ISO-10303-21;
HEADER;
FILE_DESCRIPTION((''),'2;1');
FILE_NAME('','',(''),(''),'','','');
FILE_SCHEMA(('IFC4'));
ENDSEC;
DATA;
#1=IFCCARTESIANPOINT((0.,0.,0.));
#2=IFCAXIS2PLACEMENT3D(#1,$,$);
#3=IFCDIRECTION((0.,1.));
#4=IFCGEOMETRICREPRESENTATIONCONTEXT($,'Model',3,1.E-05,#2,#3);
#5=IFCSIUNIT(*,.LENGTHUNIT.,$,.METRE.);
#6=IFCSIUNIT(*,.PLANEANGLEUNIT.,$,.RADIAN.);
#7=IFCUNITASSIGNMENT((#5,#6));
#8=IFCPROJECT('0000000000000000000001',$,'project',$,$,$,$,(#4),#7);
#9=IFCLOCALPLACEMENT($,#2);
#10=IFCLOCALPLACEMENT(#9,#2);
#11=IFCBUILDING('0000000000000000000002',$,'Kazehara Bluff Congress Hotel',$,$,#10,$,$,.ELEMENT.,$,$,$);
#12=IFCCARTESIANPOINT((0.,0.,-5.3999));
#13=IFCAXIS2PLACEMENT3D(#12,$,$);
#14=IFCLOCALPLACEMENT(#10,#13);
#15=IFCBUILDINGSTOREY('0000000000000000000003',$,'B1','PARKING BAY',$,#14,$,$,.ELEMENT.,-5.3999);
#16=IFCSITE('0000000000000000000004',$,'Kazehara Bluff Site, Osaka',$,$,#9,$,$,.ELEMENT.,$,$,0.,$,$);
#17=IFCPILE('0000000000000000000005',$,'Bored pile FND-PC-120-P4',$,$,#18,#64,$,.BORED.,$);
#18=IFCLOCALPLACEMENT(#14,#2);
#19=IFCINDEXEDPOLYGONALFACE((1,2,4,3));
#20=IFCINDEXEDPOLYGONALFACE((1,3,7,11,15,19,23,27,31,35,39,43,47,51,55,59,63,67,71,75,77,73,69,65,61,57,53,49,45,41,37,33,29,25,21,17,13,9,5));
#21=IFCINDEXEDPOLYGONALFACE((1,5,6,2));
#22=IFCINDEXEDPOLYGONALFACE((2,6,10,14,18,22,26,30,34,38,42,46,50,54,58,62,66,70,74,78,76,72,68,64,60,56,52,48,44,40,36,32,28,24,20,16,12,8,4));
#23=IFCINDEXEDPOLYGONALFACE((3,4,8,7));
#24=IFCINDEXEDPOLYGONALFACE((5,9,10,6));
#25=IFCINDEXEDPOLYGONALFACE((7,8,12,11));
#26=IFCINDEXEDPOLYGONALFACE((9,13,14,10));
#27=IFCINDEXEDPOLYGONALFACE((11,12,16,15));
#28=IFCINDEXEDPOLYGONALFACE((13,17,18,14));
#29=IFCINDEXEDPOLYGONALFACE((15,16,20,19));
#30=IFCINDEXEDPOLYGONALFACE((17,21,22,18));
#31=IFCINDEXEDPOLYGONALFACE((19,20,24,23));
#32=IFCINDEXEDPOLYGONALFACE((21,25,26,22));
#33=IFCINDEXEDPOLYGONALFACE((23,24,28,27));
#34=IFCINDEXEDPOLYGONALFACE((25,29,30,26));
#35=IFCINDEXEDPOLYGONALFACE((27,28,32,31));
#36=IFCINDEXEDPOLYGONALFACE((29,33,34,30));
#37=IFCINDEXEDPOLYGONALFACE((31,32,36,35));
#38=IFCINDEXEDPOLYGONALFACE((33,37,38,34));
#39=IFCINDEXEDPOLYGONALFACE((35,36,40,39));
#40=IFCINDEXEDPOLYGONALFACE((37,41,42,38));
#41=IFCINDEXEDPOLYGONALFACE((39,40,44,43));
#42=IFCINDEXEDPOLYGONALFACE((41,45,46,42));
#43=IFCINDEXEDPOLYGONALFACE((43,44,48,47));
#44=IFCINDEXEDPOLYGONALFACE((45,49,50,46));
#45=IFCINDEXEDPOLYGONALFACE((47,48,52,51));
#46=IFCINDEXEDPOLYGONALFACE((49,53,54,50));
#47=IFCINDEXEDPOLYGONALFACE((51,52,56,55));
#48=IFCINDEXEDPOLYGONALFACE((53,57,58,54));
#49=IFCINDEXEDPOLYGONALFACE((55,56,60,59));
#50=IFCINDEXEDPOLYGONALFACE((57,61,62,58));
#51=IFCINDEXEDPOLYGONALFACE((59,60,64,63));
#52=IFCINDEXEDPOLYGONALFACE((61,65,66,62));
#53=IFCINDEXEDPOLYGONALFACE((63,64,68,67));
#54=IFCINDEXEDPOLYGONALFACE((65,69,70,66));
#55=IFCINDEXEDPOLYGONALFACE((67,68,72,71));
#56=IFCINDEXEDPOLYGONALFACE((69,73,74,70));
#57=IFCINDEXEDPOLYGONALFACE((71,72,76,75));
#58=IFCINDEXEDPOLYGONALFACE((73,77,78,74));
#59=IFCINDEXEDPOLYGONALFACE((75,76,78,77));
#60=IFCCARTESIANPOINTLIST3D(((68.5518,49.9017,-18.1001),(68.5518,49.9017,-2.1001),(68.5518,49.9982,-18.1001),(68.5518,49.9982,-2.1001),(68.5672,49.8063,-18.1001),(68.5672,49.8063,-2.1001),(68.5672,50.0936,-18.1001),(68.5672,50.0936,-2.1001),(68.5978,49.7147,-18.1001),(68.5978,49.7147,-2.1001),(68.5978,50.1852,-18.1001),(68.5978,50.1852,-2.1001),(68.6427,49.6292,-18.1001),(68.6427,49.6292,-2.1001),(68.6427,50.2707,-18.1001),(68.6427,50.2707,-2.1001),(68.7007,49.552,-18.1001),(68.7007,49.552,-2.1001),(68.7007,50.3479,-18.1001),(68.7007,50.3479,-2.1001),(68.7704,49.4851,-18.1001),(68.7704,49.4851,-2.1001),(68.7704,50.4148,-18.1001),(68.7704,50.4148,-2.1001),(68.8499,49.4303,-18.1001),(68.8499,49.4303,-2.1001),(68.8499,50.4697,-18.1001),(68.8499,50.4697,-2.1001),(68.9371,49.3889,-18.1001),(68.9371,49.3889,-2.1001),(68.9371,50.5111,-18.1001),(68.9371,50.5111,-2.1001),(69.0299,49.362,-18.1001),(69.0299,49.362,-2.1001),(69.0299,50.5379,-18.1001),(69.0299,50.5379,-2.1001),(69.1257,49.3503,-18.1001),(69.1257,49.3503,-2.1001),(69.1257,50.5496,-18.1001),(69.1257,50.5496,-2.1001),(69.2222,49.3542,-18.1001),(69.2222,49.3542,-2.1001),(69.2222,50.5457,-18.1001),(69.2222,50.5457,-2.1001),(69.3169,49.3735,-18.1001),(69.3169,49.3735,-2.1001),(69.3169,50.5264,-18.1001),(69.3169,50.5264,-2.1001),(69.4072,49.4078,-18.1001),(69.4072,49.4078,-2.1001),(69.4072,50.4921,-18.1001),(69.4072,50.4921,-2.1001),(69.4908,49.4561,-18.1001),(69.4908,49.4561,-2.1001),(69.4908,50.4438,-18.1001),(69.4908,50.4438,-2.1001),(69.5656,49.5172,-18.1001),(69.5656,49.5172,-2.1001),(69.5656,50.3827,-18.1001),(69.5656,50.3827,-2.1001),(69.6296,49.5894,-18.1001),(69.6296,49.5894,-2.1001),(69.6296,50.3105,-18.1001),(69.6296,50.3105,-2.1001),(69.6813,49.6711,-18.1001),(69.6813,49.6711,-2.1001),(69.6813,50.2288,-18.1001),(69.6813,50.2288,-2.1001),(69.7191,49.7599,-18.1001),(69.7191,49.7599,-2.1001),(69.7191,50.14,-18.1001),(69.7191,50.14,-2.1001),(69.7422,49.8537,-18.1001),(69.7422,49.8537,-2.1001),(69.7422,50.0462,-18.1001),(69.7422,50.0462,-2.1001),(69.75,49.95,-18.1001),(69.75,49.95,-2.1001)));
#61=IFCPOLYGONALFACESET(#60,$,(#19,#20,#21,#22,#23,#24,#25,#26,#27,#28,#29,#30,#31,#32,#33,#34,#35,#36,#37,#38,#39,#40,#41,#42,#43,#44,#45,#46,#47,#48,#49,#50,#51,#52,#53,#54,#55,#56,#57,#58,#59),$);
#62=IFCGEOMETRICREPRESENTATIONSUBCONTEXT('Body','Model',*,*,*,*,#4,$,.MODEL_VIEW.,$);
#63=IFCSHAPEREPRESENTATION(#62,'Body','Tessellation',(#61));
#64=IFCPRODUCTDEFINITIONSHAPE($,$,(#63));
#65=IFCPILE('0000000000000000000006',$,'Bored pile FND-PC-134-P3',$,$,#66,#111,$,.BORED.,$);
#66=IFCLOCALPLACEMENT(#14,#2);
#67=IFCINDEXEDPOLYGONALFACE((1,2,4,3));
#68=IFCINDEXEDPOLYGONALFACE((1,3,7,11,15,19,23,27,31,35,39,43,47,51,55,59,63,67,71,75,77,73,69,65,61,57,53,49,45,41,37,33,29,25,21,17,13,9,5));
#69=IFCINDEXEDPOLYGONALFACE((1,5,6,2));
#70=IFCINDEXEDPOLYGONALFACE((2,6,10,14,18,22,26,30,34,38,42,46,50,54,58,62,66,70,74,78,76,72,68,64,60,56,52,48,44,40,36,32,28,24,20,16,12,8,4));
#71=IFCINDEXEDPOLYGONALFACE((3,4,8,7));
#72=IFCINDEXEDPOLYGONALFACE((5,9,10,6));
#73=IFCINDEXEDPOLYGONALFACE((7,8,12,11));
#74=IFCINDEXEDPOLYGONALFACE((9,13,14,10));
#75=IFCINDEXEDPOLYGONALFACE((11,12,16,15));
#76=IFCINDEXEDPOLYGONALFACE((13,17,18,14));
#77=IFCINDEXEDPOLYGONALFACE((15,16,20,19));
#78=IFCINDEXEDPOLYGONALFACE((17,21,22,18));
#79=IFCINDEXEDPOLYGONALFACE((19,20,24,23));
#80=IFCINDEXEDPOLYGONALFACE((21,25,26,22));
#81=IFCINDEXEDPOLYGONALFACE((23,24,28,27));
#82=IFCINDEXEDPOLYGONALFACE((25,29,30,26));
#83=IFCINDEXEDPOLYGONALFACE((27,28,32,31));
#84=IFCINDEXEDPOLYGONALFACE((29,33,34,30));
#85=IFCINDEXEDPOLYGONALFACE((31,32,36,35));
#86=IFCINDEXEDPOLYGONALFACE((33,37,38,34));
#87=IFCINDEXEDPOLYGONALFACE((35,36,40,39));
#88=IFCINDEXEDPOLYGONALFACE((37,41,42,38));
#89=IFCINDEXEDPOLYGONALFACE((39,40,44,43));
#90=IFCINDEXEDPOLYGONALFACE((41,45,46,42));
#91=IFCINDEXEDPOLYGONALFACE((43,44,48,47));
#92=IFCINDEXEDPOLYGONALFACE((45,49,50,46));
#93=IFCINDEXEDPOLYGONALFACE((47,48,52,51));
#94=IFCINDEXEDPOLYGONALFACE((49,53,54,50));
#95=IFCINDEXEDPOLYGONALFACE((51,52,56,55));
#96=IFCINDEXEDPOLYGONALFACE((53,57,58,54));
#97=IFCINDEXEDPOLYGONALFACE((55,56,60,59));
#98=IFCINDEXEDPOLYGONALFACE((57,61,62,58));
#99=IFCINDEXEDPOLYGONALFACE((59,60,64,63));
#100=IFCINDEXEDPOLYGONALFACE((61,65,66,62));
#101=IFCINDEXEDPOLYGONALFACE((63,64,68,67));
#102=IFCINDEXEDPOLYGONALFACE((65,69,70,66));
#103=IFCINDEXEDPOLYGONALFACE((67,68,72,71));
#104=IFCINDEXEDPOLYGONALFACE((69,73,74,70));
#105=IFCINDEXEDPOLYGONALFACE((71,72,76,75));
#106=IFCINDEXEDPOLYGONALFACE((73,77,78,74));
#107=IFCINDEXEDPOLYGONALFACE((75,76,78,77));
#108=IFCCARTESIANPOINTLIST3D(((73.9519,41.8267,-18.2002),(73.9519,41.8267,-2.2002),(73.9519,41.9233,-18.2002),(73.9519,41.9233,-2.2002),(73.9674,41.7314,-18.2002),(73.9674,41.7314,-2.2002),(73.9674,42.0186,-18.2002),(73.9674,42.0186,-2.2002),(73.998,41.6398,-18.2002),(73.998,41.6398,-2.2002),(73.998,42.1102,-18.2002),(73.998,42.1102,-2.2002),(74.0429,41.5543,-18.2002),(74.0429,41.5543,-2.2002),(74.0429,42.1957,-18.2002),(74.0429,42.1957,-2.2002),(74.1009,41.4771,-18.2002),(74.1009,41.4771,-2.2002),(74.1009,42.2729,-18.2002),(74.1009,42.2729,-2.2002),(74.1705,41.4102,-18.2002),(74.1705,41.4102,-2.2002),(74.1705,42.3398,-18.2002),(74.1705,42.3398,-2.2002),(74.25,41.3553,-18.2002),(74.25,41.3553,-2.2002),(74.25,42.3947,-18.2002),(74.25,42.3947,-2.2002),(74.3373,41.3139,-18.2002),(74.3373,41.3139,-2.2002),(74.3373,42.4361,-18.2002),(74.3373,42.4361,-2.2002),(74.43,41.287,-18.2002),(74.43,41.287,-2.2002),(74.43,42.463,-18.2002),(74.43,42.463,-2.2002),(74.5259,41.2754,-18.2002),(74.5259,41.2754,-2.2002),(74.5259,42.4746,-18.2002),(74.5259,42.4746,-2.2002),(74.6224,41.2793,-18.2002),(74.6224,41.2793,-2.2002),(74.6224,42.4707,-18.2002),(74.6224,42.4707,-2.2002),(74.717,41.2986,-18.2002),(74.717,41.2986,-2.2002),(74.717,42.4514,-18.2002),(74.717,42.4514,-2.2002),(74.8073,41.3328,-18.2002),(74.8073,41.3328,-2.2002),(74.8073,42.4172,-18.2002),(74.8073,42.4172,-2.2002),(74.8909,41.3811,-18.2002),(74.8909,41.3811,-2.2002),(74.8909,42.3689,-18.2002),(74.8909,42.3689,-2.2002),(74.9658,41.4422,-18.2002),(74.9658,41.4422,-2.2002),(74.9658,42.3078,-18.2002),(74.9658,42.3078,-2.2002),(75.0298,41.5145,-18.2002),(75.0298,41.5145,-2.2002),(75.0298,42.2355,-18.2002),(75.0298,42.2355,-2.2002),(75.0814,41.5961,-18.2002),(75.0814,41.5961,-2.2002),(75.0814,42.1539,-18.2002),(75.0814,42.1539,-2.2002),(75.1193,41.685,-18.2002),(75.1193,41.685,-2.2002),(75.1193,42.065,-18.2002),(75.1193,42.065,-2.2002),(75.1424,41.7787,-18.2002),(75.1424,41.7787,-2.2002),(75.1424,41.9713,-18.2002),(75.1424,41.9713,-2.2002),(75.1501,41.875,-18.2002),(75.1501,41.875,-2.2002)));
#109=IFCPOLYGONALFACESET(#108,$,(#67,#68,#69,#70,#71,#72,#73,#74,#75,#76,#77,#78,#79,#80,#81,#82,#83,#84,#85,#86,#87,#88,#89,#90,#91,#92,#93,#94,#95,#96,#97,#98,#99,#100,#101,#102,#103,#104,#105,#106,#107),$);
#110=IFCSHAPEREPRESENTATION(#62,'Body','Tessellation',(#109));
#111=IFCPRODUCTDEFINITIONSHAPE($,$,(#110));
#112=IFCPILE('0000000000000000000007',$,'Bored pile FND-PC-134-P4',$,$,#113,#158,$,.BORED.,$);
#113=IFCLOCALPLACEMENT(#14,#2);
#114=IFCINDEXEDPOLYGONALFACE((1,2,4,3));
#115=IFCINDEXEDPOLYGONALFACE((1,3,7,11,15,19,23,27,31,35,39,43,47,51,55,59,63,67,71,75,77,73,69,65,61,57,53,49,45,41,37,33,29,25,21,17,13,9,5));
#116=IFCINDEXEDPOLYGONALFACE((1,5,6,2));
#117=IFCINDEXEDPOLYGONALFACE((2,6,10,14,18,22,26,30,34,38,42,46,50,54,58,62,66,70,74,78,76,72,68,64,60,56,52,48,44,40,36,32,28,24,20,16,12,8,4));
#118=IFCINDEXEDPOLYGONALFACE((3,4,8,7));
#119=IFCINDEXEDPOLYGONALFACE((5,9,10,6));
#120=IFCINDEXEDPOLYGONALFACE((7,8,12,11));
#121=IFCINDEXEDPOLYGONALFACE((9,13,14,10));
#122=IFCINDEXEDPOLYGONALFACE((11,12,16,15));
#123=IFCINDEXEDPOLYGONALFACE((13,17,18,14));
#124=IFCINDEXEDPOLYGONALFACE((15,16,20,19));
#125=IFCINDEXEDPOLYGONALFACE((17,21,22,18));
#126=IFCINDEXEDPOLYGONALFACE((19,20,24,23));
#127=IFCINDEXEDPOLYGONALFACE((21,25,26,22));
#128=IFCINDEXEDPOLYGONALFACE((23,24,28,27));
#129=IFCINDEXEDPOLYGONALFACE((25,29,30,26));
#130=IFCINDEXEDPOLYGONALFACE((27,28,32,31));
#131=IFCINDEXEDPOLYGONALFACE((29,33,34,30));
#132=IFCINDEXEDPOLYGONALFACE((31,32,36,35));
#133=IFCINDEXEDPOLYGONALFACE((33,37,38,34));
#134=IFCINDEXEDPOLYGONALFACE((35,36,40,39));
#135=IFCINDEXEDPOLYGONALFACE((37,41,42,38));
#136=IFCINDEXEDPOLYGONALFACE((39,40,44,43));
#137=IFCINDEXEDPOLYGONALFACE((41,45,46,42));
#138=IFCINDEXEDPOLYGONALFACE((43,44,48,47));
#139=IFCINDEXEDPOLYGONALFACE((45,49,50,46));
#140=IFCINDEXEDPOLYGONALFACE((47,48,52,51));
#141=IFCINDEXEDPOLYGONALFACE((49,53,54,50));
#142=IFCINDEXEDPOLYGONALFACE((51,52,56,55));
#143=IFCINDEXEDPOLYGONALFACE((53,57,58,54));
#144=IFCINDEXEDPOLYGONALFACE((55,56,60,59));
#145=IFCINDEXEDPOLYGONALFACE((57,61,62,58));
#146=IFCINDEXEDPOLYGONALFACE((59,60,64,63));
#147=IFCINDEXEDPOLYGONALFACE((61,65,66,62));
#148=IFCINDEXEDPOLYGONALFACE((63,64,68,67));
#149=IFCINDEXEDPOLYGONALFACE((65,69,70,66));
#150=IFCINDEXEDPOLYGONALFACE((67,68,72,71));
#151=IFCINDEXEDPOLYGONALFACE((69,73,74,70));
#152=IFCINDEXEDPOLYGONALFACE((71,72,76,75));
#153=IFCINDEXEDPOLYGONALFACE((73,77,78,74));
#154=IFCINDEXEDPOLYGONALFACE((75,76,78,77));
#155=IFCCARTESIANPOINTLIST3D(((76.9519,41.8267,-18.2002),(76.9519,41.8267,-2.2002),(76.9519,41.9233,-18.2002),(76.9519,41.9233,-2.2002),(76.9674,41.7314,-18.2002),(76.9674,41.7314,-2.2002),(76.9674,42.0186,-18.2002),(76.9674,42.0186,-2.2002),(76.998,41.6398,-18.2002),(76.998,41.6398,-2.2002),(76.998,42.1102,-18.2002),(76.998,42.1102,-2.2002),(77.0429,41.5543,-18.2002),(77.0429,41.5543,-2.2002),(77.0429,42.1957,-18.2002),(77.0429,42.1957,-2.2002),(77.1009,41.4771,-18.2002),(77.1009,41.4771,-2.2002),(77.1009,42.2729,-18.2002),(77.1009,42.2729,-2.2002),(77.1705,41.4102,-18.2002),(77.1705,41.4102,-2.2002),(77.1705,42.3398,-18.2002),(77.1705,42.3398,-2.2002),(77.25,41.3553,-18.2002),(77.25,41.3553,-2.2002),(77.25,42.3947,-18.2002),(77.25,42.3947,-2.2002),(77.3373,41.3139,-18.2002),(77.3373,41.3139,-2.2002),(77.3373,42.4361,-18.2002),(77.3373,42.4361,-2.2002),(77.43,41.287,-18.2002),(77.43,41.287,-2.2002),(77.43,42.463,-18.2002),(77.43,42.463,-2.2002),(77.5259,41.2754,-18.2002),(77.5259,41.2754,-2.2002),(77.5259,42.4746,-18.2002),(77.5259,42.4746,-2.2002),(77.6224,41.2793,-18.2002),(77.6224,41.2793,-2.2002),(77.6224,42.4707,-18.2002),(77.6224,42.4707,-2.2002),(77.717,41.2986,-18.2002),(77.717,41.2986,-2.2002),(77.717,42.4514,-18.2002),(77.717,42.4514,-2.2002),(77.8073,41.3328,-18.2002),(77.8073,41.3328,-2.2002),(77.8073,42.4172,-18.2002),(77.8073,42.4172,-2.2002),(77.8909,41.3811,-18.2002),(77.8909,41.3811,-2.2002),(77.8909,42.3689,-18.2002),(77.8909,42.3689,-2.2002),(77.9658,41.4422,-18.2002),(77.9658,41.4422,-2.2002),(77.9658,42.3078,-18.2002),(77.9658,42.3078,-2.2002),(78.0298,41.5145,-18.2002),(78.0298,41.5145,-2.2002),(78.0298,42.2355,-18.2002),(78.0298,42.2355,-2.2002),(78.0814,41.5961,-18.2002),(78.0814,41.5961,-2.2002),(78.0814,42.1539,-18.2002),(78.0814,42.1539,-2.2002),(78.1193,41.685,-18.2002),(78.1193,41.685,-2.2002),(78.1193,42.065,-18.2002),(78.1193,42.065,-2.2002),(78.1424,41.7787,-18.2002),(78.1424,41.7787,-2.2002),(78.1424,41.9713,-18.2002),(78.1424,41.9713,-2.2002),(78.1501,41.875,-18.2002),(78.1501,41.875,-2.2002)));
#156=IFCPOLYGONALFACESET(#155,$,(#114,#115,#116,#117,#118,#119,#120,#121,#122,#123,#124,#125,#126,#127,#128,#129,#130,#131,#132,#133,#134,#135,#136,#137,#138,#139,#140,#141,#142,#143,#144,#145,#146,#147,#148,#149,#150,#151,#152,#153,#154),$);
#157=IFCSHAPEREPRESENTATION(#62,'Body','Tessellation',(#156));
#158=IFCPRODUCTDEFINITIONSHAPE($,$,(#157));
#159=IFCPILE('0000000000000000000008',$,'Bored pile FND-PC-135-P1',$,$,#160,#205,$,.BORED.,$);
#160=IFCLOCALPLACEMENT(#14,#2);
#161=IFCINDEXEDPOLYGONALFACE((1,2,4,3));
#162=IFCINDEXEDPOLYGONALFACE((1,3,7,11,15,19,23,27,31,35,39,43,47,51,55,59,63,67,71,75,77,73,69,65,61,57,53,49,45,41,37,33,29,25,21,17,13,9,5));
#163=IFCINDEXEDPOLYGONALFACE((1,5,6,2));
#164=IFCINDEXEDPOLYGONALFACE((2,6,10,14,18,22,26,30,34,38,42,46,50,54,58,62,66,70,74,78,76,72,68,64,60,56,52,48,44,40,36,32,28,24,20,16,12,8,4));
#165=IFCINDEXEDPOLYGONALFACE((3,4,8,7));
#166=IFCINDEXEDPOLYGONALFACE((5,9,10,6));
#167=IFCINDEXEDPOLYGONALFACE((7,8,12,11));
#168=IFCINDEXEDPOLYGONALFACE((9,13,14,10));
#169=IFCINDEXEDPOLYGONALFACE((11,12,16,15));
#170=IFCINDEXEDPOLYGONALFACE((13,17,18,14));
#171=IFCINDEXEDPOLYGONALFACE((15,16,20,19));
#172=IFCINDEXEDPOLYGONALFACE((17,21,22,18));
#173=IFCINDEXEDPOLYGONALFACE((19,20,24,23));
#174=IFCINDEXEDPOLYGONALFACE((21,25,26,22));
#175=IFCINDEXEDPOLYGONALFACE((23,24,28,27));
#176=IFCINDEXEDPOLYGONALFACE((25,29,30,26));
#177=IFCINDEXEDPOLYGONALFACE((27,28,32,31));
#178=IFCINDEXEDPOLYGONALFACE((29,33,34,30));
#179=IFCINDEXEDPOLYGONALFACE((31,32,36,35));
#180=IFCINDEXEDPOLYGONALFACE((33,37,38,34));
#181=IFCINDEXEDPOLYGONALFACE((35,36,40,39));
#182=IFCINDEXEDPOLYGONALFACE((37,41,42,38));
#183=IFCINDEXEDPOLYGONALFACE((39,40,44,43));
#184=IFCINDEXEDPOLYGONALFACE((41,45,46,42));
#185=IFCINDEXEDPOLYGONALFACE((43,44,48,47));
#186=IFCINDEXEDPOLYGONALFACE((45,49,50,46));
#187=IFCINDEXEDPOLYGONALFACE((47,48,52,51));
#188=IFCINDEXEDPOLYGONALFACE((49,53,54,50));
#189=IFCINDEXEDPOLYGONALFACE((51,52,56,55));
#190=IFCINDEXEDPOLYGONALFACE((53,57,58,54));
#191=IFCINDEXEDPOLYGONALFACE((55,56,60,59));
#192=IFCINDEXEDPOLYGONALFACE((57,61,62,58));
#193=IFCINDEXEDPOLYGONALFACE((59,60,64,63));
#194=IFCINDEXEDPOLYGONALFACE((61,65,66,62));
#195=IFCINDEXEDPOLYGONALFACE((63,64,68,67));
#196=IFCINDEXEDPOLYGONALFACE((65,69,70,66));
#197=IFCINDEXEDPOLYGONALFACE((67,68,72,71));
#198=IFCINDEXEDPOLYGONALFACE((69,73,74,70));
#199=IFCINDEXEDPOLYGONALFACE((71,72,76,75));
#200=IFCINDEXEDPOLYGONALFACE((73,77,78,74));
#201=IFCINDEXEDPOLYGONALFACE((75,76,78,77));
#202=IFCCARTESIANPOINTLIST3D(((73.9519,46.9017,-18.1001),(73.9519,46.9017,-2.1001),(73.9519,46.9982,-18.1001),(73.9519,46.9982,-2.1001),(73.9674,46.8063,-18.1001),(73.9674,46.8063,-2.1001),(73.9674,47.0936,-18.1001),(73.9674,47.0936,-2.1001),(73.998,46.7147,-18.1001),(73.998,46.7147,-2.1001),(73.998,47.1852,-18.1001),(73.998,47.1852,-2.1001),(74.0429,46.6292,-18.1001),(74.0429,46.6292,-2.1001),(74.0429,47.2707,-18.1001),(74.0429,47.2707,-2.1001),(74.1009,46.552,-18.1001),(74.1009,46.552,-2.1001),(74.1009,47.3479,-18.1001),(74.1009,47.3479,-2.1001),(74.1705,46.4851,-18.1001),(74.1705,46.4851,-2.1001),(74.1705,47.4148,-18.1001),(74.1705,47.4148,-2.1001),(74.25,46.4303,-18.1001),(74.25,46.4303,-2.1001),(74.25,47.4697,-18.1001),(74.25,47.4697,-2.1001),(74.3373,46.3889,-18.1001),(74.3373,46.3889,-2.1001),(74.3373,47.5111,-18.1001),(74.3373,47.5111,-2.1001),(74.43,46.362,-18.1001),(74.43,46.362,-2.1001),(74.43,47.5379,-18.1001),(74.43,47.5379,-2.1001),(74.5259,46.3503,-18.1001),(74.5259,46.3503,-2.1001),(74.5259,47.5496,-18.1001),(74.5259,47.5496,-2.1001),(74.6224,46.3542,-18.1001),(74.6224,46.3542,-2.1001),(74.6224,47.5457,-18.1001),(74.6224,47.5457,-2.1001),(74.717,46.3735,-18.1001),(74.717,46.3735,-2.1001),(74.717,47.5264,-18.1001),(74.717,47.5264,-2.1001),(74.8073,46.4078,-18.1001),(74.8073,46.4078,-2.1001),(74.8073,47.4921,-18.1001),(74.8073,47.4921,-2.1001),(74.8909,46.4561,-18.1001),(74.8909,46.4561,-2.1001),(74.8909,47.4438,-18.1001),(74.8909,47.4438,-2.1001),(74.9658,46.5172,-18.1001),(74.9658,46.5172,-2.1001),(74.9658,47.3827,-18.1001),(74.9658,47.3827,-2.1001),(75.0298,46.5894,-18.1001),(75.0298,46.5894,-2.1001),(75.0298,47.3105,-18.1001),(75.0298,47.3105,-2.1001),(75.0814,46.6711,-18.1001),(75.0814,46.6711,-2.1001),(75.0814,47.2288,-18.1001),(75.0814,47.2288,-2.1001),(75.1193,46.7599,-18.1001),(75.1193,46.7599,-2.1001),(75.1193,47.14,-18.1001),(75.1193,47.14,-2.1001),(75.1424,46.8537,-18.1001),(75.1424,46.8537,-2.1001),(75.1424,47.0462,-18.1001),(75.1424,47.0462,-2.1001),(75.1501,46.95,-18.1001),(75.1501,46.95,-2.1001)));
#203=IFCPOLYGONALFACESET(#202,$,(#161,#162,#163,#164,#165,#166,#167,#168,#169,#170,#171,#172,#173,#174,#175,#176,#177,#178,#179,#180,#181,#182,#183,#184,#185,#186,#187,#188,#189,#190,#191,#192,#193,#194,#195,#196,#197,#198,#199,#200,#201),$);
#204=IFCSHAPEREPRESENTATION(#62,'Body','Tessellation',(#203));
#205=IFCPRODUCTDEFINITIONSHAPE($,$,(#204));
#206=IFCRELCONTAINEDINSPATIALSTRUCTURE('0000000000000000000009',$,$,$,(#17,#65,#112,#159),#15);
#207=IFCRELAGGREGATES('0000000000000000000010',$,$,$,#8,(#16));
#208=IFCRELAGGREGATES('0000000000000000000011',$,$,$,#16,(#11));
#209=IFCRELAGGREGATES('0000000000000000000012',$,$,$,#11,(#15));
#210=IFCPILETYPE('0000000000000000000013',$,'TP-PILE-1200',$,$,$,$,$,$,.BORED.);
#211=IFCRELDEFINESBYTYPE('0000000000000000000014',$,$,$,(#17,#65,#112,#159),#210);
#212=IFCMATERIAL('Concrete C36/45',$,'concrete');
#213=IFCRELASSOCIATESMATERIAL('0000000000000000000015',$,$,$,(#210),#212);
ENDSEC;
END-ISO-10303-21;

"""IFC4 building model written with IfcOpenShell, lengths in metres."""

from ifc_helpers import new_model, si_unit, direction, frame, origin, origin_2d, place, context, subcontext, project, spatial, circle, extrude, material, material_profile, profile_set, type_object, element, save


model = new_model("IFC4")

# Units and contexts
model_context = context("Model", 3, precision=1e-05, world=origin(), true_north=direction((0.0, 1.0)))
body_context = subcontext(model_context, "Body", "Model", "MODEL_VIEW")
ifc_project = project(units=[si_unit("LENGTHUNIT", "METRE"), si_unit("PLANEANGLEUNIT", "RADIAN")], contexts=[model_context])

# Site, building, storey
site_placement = place(None, origin())
site = spatial("IfcSite", under=ifc_project, at=site_placement, Name="Kazehara Bluff Site, Osaka", CompositionType="ELEMENT", RefElevation=0.0)
building_placement = place(site_placement, origin())
building = spatial("IfcBuilding", under=site, at=building_placement, Name="Kazehara Bluff Congress Hotel", CompositionType="ELEMENT")
storey_placement = place(building_placement, frame((0.0, 0.0, -5.3999)))
storey = spatial("IfcBuildingStorey", under=building, at=storey_placement, Name="B1", Description="PARKING BAY", CompositionType="ELEMENT", Elevation=-5.3999)

# Piles
ifc_material_1 = material(Name="Concrete C36/45", Category="concrete")
ifc_material_profile_1 = material_profile(ifc_material_1, circle(Radius=0.6001, at=origin_2d()))
ifc_profile_set_1 = profile_set([ifc_material_profile_1], Name="Concrete C36/45")
pile_type = type_object("IfcPileType", Name="TP-PILE-1200", PredefinedType="BORED", material=ifc_profile_set_1)
for number, where, z_axis, x_axis, name in (
    (1, (69.1499, 49.95, -2.1001), (0.0, 0.0, -1.0), (1.0, 0.0, 0.0), "Bored pile FND-PC-120-P4"),
    (2, (74.55, 41.875, -2.2002), (0.0, 0.0, -1.0), (1.0, 0.0, 0.0), "Bored pile FND-PC-134-P3"),
    (3, (77.55, 41.875, -2.2002), (0.0, 0.0, -1.0), (1.0, 0.0, 0.0), "Bored pile FND-PC-134-P4"),
    (4, (74.55, 46.95, -2.1001), (0.0, 0.0, -1.0), (1.0, 0.0, 0.0), "Bored pile FND-PC-135-P1"),
):
    element("IfcPile", number, at=place(storey_placement, frame(where, z_axis=z_axis, x_axis=x_axis)), inside=storey, type_object=pile_type, Name=name, PredefinedType="BORED", context=body_context, shape_type="SweptSolid", body=[
        extrude(circle(Radius=0.6001, at=origin_2d()), origin(), (0.0, 0.0, 1.0), 16.0),
    ])

save(model, "model.ifc")
